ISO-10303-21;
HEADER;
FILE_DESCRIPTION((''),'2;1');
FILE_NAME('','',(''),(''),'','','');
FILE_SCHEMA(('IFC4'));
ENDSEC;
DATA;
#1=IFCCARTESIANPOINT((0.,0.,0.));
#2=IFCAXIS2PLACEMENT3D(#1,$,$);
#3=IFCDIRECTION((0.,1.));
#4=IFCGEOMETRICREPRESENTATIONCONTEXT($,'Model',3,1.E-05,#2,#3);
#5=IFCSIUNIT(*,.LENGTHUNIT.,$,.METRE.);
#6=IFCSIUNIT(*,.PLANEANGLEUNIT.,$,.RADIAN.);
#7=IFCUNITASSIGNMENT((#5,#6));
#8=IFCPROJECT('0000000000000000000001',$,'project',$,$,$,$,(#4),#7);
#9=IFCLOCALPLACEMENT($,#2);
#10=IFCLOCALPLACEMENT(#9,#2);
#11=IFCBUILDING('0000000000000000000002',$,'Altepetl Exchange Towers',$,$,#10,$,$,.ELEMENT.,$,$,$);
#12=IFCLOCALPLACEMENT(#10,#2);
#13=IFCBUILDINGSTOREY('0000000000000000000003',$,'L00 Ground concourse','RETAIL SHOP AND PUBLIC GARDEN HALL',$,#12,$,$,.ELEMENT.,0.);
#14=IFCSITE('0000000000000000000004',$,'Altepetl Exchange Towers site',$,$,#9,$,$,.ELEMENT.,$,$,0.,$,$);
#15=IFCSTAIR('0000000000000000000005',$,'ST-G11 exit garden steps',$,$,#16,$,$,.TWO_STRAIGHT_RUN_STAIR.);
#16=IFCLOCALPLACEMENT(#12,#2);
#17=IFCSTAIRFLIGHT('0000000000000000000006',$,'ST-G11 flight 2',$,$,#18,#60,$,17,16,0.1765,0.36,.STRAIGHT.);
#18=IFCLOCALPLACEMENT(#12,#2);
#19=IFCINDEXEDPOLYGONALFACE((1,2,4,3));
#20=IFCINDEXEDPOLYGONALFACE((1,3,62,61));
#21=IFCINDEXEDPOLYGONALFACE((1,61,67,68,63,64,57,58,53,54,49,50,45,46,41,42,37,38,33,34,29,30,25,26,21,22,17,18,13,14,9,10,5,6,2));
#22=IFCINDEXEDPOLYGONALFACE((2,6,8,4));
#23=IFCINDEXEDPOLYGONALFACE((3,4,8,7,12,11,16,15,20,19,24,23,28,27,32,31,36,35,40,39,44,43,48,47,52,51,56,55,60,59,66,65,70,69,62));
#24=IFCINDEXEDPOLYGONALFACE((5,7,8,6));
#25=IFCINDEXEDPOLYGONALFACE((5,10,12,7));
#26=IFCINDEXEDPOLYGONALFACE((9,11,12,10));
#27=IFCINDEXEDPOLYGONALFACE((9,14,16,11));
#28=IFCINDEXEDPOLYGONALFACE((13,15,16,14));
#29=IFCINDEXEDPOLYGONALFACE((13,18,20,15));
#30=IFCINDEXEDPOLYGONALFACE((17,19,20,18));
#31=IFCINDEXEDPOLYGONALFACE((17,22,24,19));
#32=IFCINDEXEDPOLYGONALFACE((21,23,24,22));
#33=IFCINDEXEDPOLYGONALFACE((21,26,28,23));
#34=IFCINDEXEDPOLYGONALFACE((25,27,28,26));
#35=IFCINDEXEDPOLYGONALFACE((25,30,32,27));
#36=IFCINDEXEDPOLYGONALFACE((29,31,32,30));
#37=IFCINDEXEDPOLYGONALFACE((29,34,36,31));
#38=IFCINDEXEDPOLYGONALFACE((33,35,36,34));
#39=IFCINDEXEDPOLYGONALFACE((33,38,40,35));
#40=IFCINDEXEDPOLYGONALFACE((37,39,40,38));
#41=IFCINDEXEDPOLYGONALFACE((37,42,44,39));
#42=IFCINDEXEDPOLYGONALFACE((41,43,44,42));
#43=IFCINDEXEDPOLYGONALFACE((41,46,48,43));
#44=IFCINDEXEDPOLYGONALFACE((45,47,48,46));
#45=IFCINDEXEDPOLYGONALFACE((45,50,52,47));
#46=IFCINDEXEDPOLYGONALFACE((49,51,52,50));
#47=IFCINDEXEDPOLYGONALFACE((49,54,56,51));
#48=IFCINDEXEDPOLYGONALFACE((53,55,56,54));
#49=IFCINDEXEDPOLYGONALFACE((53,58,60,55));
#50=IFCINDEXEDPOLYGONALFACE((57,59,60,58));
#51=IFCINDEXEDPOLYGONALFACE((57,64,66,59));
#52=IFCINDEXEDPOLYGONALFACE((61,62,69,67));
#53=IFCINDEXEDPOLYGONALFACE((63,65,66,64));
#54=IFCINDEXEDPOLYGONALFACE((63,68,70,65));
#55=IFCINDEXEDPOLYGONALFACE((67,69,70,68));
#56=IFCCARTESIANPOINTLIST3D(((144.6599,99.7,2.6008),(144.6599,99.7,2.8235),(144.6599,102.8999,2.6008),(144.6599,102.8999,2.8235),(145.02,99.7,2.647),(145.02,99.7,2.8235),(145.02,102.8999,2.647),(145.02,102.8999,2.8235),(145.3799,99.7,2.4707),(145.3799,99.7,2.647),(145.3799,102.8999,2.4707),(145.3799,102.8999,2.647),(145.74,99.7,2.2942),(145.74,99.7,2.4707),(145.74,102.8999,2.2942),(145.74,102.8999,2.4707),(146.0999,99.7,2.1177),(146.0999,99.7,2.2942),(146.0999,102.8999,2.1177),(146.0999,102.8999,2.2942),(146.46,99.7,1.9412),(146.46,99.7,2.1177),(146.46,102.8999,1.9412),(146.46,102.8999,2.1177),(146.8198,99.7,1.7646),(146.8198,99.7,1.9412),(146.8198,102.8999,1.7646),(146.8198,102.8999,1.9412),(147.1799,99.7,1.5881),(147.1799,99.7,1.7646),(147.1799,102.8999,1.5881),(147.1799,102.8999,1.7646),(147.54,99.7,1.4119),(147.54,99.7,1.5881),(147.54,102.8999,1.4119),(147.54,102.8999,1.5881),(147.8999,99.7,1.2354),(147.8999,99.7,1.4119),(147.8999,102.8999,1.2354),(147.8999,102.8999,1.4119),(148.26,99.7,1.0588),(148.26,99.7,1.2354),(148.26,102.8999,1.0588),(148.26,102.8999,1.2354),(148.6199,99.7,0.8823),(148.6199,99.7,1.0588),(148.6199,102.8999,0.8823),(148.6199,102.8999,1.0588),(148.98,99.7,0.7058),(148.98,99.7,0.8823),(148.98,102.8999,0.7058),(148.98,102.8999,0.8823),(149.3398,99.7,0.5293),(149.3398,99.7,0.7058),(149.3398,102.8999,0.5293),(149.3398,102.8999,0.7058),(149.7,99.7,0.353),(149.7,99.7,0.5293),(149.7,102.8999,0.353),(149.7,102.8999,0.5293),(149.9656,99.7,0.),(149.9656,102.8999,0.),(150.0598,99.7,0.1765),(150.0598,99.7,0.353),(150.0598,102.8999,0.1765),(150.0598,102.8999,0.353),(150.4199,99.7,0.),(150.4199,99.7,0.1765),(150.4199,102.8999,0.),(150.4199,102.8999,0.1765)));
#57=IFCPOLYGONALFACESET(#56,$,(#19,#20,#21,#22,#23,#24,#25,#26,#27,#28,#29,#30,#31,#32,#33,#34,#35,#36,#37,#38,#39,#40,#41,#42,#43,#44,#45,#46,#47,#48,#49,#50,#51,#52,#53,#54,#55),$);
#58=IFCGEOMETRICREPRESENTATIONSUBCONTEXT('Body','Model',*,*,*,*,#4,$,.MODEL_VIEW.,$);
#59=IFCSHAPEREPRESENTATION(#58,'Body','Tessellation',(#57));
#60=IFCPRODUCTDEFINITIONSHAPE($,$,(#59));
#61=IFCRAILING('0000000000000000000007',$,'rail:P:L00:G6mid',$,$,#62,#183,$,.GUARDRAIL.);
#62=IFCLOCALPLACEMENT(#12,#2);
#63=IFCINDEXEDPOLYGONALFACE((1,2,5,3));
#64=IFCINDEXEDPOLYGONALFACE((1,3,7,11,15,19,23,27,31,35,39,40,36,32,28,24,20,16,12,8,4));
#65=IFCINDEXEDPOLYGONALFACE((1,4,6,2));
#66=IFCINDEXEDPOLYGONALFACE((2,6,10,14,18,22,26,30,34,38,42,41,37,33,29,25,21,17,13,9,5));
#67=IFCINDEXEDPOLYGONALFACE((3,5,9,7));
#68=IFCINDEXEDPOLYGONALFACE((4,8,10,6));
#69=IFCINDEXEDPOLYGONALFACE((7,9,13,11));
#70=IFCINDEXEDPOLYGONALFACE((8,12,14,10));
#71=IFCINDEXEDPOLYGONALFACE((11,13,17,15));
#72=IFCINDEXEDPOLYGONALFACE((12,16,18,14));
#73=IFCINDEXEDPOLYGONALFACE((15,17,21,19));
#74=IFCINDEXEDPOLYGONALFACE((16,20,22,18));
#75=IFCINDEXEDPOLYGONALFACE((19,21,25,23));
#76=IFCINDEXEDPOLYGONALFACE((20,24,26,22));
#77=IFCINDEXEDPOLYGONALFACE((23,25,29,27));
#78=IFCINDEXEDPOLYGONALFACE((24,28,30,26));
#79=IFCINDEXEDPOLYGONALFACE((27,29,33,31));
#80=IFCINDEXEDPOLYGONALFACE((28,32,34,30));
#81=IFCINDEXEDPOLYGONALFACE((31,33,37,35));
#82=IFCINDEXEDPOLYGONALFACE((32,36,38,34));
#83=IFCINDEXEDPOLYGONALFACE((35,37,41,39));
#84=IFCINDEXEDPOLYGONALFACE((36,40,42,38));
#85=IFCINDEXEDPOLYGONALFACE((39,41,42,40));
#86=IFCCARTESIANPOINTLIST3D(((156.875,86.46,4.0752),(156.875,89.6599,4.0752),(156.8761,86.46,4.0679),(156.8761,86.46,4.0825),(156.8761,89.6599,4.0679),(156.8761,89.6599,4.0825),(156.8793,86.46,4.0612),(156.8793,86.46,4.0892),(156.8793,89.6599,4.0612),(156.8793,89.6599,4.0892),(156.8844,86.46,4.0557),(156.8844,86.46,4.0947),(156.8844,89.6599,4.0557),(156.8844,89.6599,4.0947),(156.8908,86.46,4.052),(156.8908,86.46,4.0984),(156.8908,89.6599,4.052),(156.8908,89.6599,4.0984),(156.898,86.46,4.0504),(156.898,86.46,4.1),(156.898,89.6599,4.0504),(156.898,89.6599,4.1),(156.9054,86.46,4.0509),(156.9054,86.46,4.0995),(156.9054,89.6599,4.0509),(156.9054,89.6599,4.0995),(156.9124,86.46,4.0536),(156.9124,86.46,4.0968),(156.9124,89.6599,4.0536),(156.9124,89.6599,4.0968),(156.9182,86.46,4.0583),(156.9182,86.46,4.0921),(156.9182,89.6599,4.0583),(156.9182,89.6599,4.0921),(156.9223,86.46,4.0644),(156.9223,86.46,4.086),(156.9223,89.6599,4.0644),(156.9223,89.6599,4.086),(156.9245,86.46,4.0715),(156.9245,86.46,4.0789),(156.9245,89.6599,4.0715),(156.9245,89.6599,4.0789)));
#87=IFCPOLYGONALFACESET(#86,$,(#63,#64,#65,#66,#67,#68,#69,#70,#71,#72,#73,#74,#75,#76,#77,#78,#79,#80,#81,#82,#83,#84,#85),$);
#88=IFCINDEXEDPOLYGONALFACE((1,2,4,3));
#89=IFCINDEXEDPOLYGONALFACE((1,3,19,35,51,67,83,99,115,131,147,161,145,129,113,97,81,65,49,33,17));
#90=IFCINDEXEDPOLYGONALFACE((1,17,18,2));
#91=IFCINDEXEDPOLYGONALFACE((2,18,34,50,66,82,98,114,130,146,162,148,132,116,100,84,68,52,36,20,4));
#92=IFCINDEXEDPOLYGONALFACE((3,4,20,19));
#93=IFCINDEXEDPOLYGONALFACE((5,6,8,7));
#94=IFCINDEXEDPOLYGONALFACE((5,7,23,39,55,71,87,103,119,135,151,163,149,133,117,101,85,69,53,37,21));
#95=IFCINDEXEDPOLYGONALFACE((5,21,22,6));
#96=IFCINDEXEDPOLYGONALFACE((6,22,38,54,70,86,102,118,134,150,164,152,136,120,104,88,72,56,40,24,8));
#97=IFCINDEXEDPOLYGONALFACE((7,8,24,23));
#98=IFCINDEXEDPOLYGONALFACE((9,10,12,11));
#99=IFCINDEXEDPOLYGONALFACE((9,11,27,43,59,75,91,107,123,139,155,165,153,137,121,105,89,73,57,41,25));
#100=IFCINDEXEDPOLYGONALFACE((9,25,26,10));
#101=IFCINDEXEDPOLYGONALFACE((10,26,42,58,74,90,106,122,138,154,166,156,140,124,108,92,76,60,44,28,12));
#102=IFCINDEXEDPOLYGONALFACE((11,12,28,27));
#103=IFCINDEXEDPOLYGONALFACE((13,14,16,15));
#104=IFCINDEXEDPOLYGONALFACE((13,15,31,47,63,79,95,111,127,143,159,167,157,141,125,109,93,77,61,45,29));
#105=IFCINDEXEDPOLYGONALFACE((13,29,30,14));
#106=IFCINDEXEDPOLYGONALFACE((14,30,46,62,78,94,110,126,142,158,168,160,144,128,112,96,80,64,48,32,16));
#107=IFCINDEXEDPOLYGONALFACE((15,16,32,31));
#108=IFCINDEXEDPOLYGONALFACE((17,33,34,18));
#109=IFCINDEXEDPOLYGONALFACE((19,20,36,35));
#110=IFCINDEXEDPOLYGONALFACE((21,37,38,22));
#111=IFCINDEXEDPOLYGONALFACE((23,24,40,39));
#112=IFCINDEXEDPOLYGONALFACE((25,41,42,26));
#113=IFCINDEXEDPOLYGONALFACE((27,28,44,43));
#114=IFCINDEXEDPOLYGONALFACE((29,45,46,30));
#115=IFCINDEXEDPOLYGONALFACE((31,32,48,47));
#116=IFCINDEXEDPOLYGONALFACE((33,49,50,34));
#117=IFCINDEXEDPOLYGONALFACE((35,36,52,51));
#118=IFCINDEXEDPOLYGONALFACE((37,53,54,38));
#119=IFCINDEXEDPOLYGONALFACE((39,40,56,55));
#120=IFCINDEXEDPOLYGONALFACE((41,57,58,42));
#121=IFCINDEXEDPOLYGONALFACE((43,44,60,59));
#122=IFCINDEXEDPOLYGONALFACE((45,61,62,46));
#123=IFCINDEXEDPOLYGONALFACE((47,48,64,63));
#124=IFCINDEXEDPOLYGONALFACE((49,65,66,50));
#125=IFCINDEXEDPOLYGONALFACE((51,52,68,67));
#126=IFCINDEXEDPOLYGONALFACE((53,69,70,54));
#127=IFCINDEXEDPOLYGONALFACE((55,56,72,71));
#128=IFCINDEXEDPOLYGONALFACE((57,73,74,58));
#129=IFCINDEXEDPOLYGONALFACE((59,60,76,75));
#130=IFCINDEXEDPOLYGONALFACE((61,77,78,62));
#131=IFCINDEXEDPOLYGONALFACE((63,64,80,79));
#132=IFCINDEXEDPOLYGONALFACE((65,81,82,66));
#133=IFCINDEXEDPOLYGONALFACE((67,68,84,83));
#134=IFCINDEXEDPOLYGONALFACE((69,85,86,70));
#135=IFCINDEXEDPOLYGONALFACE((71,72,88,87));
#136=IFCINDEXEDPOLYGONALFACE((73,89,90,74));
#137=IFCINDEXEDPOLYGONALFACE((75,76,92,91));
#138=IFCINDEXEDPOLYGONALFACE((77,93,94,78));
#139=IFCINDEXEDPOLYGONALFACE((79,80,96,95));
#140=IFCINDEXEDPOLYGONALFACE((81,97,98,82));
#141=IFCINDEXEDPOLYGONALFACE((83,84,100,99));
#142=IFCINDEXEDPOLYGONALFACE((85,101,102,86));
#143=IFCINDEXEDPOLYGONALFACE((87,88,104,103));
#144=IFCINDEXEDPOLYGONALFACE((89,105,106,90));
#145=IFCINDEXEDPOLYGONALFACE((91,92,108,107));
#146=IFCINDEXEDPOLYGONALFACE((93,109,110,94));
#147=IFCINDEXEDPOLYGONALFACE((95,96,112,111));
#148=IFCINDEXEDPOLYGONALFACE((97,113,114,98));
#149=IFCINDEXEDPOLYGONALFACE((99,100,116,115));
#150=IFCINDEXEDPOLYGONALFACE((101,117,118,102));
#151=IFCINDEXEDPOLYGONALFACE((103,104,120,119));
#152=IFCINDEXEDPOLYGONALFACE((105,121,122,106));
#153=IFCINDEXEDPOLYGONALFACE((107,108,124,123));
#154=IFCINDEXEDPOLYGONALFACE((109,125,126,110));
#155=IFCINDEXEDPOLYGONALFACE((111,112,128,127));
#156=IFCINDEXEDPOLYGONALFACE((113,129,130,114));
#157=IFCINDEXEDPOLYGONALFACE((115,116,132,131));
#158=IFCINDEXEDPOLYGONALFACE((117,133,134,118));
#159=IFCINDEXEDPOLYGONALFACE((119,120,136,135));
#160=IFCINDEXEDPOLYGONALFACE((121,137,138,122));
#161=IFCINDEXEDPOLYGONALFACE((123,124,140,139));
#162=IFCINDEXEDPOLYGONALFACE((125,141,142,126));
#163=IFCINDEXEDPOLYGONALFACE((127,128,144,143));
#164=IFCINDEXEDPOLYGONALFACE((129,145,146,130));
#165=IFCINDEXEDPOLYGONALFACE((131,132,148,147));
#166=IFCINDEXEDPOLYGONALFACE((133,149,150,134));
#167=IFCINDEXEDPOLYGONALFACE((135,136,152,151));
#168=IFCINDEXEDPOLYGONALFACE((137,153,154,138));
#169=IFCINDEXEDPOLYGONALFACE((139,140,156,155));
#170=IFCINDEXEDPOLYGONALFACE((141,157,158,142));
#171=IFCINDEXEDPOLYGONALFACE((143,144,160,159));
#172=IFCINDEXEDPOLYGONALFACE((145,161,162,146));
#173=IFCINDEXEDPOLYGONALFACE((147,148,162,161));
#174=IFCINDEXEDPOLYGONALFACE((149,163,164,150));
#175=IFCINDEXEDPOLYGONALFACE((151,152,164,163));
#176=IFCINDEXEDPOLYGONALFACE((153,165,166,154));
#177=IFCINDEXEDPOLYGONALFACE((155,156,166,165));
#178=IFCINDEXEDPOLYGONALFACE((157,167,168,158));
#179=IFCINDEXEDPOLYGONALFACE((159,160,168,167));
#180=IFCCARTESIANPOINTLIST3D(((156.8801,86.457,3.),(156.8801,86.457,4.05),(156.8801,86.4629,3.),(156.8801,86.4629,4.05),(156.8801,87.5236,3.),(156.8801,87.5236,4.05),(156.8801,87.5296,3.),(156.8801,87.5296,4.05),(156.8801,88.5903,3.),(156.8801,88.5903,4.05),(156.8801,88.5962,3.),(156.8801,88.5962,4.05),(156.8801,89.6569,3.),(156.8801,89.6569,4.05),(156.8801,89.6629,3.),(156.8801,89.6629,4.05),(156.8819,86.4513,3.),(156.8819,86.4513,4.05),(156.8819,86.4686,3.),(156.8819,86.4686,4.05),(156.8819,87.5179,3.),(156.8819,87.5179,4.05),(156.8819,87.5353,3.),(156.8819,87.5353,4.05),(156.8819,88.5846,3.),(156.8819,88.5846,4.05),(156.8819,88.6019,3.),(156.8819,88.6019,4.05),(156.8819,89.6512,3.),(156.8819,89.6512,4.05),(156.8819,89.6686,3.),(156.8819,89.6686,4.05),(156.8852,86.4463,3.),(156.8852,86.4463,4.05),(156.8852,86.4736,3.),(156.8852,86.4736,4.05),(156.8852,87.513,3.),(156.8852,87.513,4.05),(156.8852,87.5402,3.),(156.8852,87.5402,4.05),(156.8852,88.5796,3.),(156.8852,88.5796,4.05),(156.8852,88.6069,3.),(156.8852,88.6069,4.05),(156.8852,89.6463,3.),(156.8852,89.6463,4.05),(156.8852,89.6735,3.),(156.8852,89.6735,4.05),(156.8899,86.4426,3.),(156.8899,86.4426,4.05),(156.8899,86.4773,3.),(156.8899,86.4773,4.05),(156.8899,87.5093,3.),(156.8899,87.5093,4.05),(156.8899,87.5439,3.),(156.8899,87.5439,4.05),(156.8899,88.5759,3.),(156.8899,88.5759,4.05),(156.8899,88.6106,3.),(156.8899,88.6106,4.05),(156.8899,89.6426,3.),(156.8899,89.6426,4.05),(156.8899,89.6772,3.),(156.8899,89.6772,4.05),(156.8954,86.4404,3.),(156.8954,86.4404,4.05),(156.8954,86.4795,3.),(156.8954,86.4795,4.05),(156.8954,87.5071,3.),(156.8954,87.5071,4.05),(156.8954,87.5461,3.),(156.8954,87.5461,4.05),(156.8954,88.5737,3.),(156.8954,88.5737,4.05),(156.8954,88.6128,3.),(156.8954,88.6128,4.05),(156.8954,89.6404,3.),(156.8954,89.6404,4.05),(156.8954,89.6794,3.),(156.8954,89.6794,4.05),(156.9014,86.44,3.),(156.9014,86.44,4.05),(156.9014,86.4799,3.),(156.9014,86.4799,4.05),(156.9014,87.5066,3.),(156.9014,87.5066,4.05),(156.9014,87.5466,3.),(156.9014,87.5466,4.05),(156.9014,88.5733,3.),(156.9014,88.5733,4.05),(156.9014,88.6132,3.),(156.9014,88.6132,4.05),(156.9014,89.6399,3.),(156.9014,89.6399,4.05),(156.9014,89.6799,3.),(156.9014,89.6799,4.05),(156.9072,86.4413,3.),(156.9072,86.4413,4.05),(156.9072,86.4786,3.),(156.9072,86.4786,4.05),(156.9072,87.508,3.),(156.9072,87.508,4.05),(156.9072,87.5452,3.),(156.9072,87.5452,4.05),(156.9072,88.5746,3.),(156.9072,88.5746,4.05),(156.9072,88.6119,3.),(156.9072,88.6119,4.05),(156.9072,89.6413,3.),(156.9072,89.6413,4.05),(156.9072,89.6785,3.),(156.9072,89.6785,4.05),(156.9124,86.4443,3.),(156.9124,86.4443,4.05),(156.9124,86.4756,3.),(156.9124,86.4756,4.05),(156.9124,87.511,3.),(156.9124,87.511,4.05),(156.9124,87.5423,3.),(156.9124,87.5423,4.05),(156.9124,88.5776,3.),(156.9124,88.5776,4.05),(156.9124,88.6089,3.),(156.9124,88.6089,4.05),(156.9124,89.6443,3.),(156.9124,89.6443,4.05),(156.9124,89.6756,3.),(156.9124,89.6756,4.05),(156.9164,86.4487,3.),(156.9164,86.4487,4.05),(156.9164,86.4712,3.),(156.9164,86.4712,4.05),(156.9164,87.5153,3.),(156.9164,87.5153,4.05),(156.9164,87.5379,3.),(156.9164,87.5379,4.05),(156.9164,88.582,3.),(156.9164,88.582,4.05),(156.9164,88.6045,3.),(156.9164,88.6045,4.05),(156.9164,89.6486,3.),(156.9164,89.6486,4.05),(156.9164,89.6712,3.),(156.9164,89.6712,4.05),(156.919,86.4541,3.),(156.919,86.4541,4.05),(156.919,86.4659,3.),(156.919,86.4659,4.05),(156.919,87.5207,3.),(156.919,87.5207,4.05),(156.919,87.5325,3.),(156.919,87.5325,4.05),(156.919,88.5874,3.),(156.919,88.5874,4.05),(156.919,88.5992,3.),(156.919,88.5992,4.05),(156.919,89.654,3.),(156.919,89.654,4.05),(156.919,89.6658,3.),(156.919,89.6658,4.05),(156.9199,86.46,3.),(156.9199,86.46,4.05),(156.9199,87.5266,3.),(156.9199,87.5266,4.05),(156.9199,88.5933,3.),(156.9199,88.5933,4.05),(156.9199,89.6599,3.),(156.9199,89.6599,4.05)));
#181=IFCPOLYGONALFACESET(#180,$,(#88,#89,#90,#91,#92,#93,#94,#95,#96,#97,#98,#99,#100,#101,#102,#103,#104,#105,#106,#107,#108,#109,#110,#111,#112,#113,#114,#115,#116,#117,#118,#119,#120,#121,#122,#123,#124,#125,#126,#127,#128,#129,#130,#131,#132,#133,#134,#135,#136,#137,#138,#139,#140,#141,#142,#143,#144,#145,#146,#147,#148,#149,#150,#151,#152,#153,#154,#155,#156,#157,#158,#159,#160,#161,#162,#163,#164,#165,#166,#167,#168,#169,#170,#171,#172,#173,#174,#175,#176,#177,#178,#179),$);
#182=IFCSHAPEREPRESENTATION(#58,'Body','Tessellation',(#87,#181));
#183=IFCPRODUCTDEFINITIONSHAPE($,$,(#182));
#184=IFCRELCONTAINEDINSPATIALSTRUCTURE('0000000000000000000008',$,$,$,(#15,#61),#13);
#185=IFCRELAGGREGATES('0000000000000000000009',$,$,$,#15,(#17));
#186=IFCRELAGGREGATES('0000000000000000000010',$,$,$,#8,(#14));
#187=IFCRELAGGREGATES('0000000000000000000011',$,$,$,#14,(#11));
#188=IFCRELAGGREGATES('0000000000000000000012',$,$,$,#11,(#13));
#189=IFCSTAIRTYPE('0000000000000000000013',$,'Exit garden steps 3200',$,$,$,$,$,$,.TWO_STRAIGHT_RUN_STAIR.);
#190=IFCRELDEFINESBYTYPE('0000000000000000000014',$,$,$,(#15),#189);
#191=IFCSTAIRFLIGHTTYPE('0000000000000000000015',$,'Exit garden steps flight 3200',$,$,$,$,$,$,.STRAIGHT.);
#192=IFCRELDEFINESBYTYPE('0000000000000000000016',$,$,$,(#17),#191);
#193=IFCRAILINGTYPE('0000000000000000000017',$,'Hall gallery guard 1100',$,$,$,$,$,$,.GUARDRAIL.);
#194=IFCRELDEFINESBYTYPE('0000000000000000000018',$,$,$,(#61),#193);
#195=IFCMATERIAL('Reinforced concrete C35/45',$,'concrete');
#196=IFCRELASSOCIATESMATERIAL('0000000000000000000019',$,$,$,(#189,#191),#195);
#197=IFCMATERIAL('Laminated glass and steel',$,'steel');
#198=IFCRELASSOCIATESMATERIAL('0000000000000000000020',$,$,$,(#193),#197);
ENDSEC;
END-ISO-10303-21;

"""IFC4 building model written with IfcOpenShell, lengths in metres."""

from ifc_helpers import new_model, si_unit, direction, frame, origin, origin_2d, place, context, subcontext, project, spatial, polyline, circle, outline, extrude, source, transform, mapped, material, type_object, element, aggregate, save


model = new_model("IFC4")

# Units and contexts
model_context = context("Model", 3, precision=1e-05, world=origin(), true_north=direction((0.0, 1.0)))
body_context = subcontext(model_context, "Body", "Model", "MODEL_VIEW")
ifc_project = project(units=[si_unit("LENGTHUNIT", "METRE"), si_unit("PLANEANGLEUNIT", "RADIAN")], contexts=[model_context])

# Site, building, storey
site_placement = place(None, origin())
site = spatial("IfcSite", under=ifc_project, at=site_placement, Name="Altepetl Exchange Towers site", CompositionType="ELEMENT", RefElevation=0.0)
building_placement = place(site_placement, origin())
building = spatial("IfcBuilding", under=site, at=building_placement, Name="Altepetl Exchange Towers", CompositionType="ELEMENT")
storey_placement = place(building_placement, origin())
storey = spatial("IfcBuildingStorey", under=building, at=storey_placement, Name="L00 Ground concourse", Description="RETAIL SHOP AND PUBLIC GARDEN HALL", CompositionType="ELEMENT", Elevation=0.0)

# Shared definitions
ifc_material_1 = material(Name="Reinforced concrete C35/45", Category="concrete")
stair_type = type_object("IfcStairType", Name="Exit garden steps 3200", PredefinedType="TWO_STRAIGHT_RUN_STAIR", material=ifc_material_1)
stair_flight_type = type_object("IfcStairFlightType", Name="Exit garden steps flight 3200", PredefinedType="STRAIGHT", material=ifc_material_1)

# Stair, stair flight
stair_1_placement = place(storey_placement, origin())
stair_1 = element("IfcStair", 1, at=stair_1_placement, inside=storey, type_object=stair_type, Name="ST-G11 exit garden steps", PredefinedType="TWO_STRAIGHT_RUN_STAIR")
stair_flight_1_placement = place(storey_placement, frame((150.4199, 101.3, 0.0), z_axis=(0.0, 0.0, 1.0), x_axis=(-1.0, 0.0, 0.0)))
stair_flight_1 = element("IfcStairFlight", 2, at=stair_flight_1_placement, type_object=stair_flight_type, Name="ST-G11 flight 2", NumberOfRisers=17, NumberOfTreads=16, PredefinedType="STRAIGHT", RiserHeight=0.1765, TreadLength=0.36, context=body_context, shape_type="SweptSolid", body=[
    extrude(outline(polyline([(0.0, 0.0), (0.0, 0.1765), (0.3601, 0.1765), (0.3601, 0.353), (0.72, 0.353), (0.72, 0.5293), (1.0801, 0.5293), (1.0801, 0.7058), (1.4399, 0.7058), (1.4399, 0.8823), (1.8, 0.8823), (1.8, 1.0588), (2.1599, 1.0588), (2.1599, 1.2354), (2.52, 1.2354), (2.52, 1.4119), (2.8799, 1.4119), (2.8799, 1.5881), (3.24, 1.5881), (3.24, 1.7646), (3.6001, 1.7646), (3.6001, 1.9412), (3.96, 1.9412), (3.96, 2.1177), (4.3201, 2.1177), (4.3201, 2.2942), (4.6799, 2.2942), (4.6799, 2.4707), (5.04, 2.4707), (5.04, 2.647), (5.3999, 2.647), (5.3999, 2.8235), (5.76, 2.8235), (5.76, 3.0), (5.76, 2.6008), (0.4543, 0.0), (0.0, 0.0)])), frame((0.0, 1.6001, 0.0), z_axis=(0.0, -1.0, 0.0), x_axis=(1.0, 0.0, 0.0)), (0.0, 0.0, 1.0), 3.2),
])
aggregate(stair_1, [stair_flight_1])

# Railing
ifc_material_2 = material(Name="Laminated glass and steel", Category="steel")
railing_type_1 = type_object("IfcRailingType", Name="Hall gallery guard 1100", PredefinedType="GUARDRAIL", material=ifc_material_2)
shared_shape_1 = source(origin(), body_context, "Body", "SweptSolid", [
    extrude(circle(Radius=0.02, at=origin_2d()), origin(), (0.0, 0.0, 1.0), 1.05),
])
for number, where, name in (
    (3, (156.8999, 86.46, 3.0), "rail:P:L00:G6mid"),
):
    element("IfcRailing", number, at=place(storey_placement, frame(where)), inside=storey, type_object=railing_type_1, Name=name, PredefinedType="GUARDRAIL", context=body_context, shape_type="SweptSolid", body=[
        extrude(circle(Radius=0.0249, at=origin_2d()), frame((0.0, 0.0, 1.0752), z_axis=(0.0, 1.0, 0.0), x_axis=(-1.0, 0.0, 0.0)), (0.0, 0.0, 1.0), 3.2),
        mapped(shared_shape_1, transform((0.0, 0.0, 0.0))),
        mapped(shared_shape_1, transform((0.0, 1.0667, 0.0))),
        mapped(shared_shape_1, transform((0.0, 2.1333, 0.0))),
        mapped(shared_shape_1, transform((0.0, 3.2, 0.0))),
    ])

save(model, "model.ifc")
